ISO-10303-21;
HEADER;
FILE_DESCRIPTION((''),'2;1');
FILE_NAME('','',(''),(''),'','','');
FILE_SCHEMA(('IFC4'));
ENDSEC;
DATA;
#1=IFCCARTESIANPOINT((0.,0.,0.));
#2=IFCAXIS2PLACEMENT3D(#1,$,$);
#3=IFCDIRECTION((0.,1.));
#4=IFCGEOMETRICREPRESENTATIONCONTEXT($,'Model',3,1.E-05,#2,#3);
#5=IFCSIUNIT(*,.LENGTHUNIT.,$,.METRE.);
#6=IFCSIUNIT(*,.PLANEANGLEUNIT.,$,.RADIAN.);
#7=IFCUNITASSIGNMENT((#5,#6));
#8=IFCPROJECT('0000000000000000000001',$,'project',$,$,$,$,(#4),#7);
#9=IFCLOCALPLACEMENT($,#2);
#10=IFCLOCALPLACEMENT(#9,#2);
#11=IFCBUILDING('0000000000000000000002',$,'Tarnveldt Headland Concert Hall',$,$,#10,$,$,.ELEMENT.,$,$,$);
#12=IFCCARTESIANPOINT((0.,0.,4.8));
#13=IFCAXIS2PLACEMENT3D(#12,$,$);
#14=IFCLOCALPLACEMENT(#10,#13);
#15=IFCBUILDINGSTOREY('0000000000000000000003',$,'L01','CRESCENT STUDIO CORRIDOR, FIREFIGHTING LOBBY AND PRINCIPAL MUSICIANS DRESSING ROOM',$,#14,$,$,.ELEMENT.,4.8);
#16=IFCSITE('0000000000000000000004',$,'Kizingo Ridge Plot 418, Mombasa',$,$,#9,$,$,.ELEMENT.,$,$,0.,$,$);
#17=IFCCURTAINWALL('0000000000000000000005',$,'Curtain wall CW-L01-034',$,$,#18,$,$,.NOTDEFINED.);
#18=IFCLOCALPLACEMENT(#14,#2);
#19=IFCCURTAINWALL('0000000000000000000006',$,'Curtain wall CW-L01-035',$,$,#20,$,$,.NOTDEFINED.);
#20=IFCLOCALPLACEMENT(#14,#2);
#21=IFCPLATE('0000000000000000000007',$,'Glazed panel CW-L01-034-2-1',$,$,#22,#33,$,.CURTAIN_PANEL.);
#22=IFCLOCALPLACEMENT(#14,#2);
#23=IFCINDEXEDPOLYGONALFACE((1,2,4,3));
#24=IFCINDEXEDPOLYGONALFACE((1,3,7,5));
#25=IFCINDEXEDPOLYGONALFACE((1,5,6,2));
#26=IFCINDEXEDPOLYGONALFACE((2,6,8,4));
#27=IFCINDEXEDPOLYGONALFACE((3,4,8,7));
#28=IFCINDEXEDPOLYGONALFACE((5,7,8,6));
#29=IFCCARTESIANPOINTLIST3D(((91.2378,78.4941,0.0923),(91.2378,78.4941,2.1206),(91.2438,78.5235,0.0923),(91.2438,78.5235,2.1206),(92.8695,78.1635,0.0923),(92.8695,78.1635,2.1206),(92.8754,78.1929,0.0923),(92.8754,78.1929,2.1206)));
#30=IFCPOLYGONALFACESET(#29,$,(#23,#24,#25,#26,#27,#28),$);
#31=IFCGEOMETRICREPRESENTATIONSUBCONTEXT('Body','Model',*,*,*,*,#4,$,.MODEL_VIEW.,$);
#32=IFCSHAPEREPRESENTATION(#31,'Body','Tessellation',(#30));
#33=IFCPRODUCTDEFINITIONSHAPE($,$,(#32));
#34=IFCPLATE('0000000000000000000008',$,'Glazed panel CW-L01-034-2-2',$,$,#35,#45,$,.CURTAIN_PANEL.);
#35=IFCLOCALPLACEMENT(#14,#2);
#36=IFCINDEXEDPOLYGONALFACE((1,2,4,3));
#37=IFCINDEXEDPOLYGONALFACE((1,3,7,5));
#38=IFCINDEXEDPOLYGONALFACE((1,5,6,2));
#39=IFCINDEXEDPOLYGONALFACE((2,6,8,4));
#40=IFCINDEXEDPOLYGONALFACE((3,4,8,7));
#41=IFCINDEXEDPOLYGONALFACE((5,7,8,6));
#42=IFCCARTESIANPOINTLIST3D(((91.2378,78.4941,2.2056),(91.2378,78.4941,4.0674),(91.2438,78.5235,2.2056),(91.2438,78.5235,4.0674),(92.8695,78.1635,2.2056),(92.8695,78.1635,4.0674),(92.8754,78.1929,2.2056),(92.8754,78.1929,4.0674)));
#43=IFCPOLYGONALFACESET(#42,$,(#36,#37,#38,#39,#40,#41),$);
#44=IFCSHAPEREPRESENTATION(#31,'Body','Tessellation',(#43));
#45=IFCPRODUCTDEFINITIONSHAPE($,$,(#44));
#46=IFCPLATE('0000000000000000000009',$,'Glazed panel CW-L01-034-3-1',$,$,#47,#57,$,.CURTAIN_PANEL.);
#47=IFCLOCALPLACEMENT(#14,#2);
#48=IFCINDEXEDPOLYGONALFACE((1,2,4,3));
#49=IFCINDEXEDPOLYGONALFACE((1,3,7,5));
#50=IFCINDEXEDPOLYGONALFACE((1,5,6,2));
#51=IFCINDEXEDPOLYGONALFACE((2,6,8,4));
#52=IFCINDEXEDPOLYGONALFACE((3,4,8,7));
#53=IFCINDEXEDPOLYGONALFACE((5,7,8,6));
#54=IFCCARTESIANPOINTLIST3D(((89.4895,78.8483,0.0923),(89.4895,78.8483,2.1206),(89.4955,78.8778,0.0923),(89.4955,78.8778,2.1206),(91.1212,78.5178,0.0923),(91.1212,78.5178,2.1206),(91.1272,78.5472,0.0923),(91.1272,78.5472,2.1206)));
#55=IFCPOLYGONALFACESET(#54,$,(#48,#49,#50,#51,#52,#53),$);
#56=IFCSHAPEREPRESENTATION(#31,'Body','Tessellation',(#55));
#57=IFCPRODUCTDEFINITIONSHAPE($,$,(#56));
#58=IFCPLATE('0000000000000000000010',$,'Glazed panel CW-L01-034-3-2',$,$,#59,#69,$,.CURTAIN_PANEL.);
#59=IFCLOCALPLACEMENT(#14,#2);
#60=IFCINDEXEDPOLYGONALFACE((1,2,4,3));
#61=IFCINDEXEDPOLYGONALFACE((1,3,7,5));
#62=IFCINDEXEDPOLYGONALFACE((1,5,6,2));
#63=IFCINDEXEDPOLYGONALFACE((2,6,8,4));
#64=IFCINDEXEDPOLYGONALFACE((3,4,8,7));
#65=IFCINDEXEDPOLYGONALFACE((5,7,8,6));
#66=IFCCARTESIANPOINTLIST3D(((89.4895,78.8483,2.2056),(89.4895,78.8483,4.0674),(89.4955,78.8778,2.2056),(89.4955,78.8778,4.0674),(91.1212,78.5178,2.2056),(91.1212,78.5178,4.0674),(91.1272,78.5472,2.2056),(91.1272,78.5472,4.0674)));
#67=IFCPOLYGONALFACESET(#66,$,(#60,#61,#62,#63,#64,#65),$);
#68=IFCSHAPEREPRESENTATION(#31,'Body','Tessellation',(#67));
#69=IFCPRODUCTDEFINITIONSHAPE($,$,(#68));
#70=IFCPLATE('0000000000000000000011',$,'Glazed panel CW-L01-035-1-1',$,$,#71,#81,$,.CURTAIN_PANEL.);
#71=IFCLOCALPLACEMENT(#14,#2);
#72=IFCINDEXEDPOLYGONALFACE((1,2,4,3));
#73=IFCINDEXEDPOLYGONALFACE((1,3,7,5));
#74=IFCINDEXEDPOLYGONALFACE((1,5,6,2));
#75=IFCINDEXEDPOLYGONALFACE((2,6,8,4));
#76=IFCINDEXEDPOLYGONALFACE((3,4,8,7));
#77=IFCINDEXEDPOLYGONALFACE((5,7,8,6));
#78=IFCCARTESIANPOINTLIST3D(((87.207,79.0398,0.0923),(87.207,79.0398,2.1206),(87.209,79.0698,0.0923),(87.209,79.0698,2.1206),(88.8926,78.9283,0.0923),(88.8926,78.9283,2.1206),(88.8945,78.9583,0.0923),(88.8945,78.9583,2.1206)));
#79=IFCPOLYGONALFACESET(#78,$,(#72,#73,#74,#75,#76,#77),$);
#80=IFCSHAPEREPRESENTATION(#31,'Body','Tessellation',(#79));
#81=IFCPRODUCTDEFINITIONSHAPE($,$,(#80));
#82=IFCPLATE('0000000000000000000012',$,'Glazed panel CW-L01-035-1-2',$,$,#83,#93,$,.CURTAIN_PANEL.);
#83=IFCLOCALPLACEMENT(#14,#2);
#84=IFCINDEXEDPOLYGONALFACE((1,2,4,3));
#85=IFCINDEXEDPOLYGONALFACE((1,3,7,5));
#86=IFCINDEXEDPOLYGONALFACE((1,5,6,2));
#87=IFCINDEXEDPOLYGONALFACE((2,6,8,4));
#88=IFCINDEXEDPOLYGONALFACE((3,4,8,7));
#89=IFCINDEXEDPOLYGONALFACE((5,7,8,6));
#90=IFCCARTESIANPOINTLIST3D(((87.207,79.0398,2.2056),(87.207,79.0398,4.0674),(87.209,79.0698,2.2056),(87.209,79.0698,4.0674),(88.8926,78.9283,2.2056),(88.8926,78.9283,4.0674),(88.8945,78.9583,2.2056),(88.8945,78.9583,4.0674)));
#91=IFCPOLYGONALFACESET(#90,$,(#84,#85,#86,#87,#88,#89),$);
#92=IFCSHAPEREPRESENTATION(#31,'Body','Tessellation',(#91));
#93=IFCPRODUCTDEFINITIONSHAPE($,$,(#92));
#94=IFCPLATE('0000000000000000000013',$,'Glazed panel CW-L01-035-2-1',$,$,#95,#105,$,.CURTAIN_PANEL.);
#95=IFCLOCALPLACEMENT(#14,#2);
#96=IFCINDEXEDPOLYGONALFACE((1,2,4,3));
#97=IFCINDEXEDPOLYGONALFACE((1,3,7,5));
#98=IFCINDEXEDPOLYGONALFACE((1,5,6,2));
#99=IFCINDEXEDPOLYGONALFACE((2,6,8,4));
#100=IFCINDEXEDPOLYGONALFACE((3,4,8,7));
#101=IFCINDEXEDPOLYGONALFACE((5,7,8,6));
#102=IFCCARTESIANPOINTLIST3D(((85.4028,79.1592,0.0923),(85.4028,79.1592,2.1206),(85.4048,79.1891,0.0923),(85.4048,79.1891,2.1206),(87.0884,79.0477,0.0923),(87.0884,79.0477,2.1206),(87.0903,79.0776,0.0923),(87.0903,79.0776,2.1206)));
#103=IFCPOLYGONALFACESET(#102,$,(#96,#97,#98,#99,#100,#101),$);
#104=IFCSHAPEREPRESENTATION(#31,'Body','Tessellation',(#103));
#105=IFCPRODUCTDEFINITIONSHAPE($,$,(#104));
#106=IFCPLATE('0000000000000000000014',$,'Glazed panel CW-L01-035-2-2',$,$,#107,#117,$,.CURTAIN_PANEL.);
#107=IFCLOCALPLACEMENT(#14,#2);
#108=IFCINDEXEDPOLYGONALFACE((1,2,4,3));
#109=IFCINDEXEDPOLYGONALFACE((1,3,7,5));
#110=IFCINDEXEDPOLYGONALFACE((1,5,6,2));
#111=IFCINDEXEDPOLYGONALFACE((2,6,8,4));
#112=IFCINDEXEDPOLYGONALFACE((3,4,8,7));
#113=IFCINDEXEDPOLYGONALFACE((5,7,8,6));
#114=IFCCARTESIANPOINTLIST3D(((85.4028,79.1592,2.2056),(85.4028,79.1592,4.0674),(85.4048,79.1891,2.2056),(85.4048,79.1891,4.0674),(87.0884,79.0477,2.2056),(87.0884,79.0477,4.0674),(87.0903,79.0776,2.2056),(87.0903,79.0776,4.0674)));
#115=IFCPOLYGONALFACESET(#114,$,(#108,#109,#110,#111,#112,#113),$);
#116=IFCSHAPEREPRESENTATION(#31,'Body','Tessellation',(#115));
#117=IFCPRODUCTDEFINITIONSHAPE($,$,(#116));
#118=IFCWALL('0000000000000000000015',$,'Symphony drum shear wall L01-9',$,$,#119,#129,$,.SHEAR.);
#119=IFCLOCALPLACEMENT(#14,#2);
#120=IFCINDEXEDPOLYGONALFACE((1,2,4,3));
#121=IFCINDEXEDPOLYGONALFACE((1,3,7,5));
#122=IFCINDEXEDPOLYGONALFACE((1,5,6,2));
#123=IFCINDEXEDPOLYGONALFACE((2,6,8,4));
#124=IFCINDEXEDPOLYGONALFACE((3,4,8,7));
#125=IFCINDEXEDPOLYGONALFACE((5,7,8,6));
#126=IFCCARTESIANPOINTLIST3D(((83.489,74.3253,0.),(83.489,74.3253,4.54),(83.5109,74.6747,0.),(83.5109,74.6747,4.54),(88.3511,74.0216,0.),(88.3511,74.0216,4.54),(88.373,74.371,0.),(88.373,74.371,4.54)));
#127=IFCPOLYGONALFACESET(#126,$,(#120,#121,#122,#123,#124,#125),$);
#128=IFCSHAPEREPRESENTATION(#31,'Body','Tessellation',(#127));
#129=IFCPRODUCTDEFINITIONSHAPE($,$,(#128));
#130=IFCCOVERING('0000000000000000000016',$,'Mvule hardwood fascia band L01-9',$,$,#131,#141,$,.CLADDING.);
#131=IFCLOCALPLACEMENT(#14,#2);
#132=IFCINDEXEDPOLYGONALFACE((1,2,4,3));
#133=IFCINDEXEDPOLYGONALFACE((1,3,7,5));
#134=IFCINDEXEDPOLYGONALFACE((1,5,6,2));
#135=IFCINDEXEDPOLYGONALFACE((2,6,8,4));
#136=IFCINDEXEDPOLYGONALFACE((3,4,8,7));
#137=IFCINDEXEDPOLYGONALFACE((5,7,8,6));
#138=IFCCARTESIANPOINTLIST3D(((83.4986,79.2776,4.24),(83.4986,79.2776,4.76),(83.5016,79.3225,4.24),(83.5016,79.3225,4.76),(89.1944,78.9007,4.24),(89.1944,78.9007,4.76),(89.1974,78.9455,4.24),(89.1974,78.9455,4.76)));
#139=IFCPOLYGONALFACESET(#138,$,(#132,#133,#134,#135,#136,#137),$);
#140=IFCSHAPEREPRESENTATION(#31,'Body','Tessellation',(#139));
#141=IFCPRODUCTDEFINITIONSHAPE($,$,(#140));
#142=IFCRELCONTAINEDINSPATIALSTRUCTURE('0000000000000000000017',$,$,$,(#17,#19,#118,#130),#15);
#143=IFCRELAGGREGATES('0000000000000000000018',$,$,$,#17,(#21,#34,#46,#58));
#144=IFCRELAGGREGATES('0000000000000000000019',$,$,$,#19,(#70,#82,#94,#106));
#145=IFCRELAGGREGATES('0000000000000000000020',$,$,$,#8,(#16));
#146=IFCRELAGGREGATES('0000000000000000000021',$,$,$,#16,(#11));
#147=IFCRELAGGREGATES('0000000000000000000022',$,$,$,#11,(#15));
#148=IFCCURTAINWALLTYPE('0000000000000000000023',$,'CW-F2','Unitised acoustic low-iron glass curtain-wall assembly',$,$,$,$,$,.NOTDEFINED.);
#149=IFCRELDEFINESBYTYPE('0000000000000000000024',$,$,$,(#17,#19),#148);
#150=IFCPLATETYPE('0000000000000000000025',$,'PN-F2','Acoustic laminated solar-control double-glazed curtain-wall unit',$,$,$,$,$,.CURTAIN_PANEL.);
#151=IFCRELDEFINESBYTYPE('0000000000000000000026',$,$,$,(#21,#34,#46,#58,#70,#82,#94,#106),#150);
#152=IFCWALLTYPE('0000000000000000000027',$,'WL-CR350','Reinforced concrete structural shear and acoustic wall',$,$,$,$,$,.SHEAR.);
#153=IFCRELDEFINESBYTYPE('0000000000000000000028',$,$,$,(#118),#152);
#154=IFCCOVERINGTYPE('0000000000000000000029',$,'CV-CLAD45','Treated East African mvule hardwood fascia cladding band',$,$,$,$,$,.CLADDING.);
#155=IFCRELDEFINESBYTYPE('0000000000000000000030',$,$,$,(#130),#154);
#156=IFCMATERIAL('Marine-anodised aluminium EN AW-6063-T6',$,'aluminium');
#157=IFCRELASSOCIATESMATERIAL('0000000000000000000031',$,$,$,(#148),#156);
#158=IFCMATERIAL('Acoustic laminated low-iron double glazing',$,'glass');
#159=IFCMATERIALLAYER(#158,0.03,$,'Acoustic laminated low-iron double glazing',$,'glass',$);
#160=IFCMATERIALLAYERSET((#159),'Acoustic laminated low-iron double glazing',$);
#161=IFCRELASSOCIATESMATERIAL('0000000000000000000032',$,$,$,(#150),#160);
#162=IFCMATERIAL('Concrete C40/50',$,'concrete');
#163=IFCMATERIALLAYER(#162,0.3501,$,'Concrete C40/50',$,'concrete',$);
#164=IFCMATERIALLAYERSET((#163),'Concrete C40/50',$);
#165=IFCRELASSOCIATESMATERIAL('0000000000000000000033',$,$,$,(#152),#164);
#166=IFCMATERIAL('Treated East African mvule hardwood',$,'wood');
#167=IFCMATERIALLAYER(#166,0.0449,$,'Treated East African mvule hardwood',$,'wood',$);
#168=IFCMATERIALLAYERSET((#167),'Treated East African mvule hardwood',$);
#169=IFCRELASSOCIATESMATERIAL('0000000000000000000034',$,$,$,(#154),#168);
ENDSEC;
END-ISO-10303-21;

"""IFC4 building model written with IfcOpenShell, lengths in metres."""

from ifc_helpers import new_model, si_unit, direction, frame, frame_2d, origin, origin_2d, place, context, subcontext, project, spatial, rectangle, extrude, material, layer, layer_set, type_object, element, aggregate, save


model = new_model("IFC4")

# Units and contexts
model_context = context("Model", 3, precision=1e-05, world=origin(), true_north=direction((0.0, 1.0)))
body_context = subcontext(model_context, "Body", "Model", "MODEL_VIEW")
ifc_project = project(units=[si_unit("LENGTHUNIT", "METRE"), si_unit("PLANEANGLEUNIT", "RADIAN")], contexts=[model_context])

# Site, building, storey
site_placement = place(None, origin())
site = spatial("IfcSite", under=ifc_project, at=site_placement, Name="Kizingo Ridge Plot 418, Mombasa", CompositionType="ELEMENT", RefElevation=0.0)
building_placement = place(site_placement, origin())
building = spatial("IfcBuilding", under=site, at=building_placement, Name="Tarnveldt Headland Concert Hall", CompositionType="ELEMENT")
storey_placement = place(building_placement, frame((0.0, 0.0, 4.8)))
storey = spatial("IfcBuildingStorey", under=building, at=storey_placement, Name="L01", Description="CRESCENT STUDIO CORRIDOR, FIREFIGHTING LOBBY AND PRINCIPAL MUSICIANS DRESSING ROOM", CompositionType="ELEMENT", Elevation=4.8)

# Curtain walls
ifc_material_1 = material(Name="Marine-anodised aluminium EN AW-6063-T6", Category="aluminium")
curtain_wall_type = type_object("IfcCurtainWallType", Name="CW-F2", Description="Unitised acoustic low-iron glass curtain-wall assembly", PredefinedType="NOTDEFINED", material=ifc_material_1)
curtain_wall_1_placement = place(storey_placement, origin())
curtain_wall_1 = element("IfcCurtainWall", 1, at=curtain_wall_1_placement, inside=storey, type_object=curtain_wall_type, Name="Curtain wall CW-L01-034", PredefinedType="NOTDEFINED")
curtain_wall_2_placement = place(storey_placement, origin())
curtain_wall_2 = element("IfcCurtainWall", 2, at=curtain_wall_2_placement, inside=storey, type_object=curtain_wall_type, Name="Curtain wall CW-L01-035", PredefinedType="NOTDEFINED")

# Plates
ifc_material_2 = material(Name="Acoustic laminated low-iron double glazing", Category="glass")
ifc_layer_1 = layer(ifc_material_2, 0.03, Name="Acoustic laminated low-iron double glazing", Category="glass")
ifc_layer_set_1 = layer_set([ifc_layer_1], Name="Acoustic laminated low-iron double glazing")
plate_type = type_object("IfcPlateType", Name="PN-F2", Description="Acoustic laminated solar-control double-glazed curtain-wall unit", PredefinedType="CURTAIN_PANEL", material=ifc_layer_set_1)
plate_1_placement = place(storey_placement, frame((92.0566, 78.3435, 0.0923), z_axis=(0.0, 0.0, 1.0), x_axis=(-0.980088, 0.198564, 0.0)))
plate_1 = element("IfcPlate", 3, at=plate_1_placement, type_object=plate_type, Name="Glazed panel CW-L01-034-2-1", PredefinedType="CURTAIN_PANEL", context=body_context, shape_type="SweptSolid", body=[
    extrude(rectangle(XDim=1.6648, YDim=0.03, at=origin_2d()), origin(), (0.0, 0.0, 1.0), 2.0283),
])
plate_2_placement = place(storey_placement, frame((92.0566, 78.3435, 2.2056), z_axis=(0.0, 0.0, 1.0), x_axis=(-0.980088, 0.198564, 0.0)))
plate_2 = element("IfcPlate", 4, at=plate_2_placement, type_object=plate_type, Name="Glazed panel CW-L01-034-2-2", PredefinedType="CURTAIN_PANEL", context=body_context, shape_type="SweptSolid", body=[
    extrude(rectangle(XDim=1.6648, YDim=0.03, at=origin_2d()), origin(), (0.0, 0.0, 1.0), 1.8618),
])
plate_3_placement = place(storey_placement, frame((90.3083, 78.6978, 0.0923), z_axis=(0.0, 0.0, 1.0), x_axis=(-0.980088, 0.198564, 0.0)))
plate_3 = element("IfcPlate", 5, at=plate_3_placement, type_object=plate_type, Name="Glazed panel CW-L01-034-3-1", PredefinedType="CURTAIN_PANEL", context=body_context, shape_type="SweptSolid", body=[
    extrude(rectangle(XDim=1.6648, YDim=0.03, at=origin_2d()), origin(), (0.0, 0.0, 1.0), 2.0283),
])
plate_4_placement = place(storey_placement, frame((90.3083, 78.6978, 2.2056), z_axis=(0.0, 0.0, 1.0), x_axis=(-0.980088, 0.198564, 0.0)))
plate_4 = element("IfcPlate", 6, at=plate_4_placement, type_object=plate_type, Name="Glazed panel CW-L01-034-3-2", PredefinedType="CURTAIN_PANEL", context=body_context, shape_type="SweptSolid", body=[
    extrude(rectangle(XDim=1.6648, YDim=0.03, at=origin_2d()), origin(), (0.0, 0.0, 1.0), 1.8618),
])
aggregate(curtain_wall_1, [plate_1, plate_2, plate_3, plate_4])
plate_5_placement = place(storey_placement, frame((88.0508, 78.999, 0.0923), z_axis=(0.0, 0.0, 1.0), x_axis=(-0.997819, 0.066013, 0.0)))
plate_5 = element("IfcPlate", 7, at=plate_5_placement, type_object=plate_type, Name="Glazed panel CW-L01-035-1-1", PredefinedType="CURTAIN_PANEL", context=body_context, shape_type="SweptSolid", body=[
    extrude(rectangle(XDim=1.6892, YDim=0.03, at=origin_2d()), origin(), (0.0, 0.0, 1.0), 2.0283),
])
plate_6_placement = place(storey_placement, frame((88.0508, 78.999, 2.2056), z_axis=(0.0, 0.0, 1.0), x_axis=(-0.997819, 0.066013, 0.0)))
plate_6 = element("IfcPlate", 8, at=plate_6_placement, type_object=plate_type, Name="Glazed panel CW-L01-035-1-2", PredefinedType="CURTAIN_PANEL", context=body_context, shape_type="SweptSolid", body=[
    extrude(rectangle(XDim=1.6892, YDim=0.03, at=origin_2d()), origin(), (0.0, 0.0, 1.0), 1.8618),
])
plate_7_placement = place(storey_placement, frame((86.2466, 79.1184, 0.0923), z_axis=(0.0, 0.0, 1.0), x_axis=(-0.997819, 0.066013, 0.0)))
plate_7 = element("IfcPlate", 9, at=plate_7_placement, type_object=plate_type, Name="Glazed panel CW-L01-035-2-1", PredefinedType="CURTAIN_PANEL", context=body_context, shape_type="SweptSolid", body=[
    extrude(rectangle(XDim=1.6892, YDim=0.03, at=origin_2d()), origin(), (0.0, 0.0, 1.0), 2.0283),
])
plate_8_placement = place(storey_placement, frame((86.2466, 79.1184, 2.2056), z_axis=(0.0, 0.0, 1.0), x_axis=(-0.997819, 0.066013, 0.0)))
plate_8 = element("IfcPlate", 10, at=plate_8_placement, type_object=plate_type, Name="Glazed panel CW-L01-035-2-2", PredefinedType="CURTAIN_PANEL", context=body_context, shape_type="SweptSolid", body=[
    extrude(rectangle(XDim=1.6892, YDim=0.03, at=origin_2d()), origin(), (0.0, 0.0, 1.0), 1.8618),
])
aggregate(curtain_wall_2, [plate_5, plate_6, plate_7, plate_8])

# Wall
ifc_material_3 = material(Name="Concrete C40/50", Category="concrete")
ifc_layer_2 = layer(ifc_material_3, 0.3501, Name="Concrete C40/50", Category="concrete")
ifc_layer_set_2 = layer_set([ifc_layer_2], Name="Concrete C40/50")
wall_type = type_object("IfcWallType", Name="WL-CR350", Description="Reinforced concrete structural shear and acoustic wall", PredefinedType="SHEAR", material=ifc_layer_set_2)
wall_placement = place(storey_placement, frame((88.3621, 74.1963, 0.0), z_axis=(0.0, 0.0, 1.0), x_axis=(-0.998055, 0.062344, 0.0)))
element("IfcWall", 11, at=wall_placement, inside=storey, type_object=wall_type, Name="Symphony drum shear wall L01-9", PredefinedType="SHEAR", context=body_context, shape_type="SweptSolid", body=[
    extrude(rectangle(XDim=4.8716, YDim=0.3501, at=frame_2d((2.4358, 0.0))), origin(), (0.0, 0.0, 1.0), 4.54),
])

# Covering
ifc_material_4 = material(Name="Treated East African mvule hardwood", Category="wood")
ifc_layer_3 = layer(ifc_material_4, 0.0449, Name="Treated East African mvule hardwood", Category="wood")
ifc_layer_set_3 = layer_set([ifc_layer_3], Name="Treated East African mvule hardwood")
covering_type = type_object("IfcCoveringType", Name="CV-CLAD45", Description="Treated East African mvule hardwood fascia cladding band", PredefinedType="CLADDING", material=ifc_layer_set_3)
covering_placement = place(storey_placement, frame((89.1958, 78.9231, 4.24), z_axis=(0.0, 0.0, 1.0), x_axis=(-0.997817, 0.066036, 0.0)))
element("IfcCovering", 12, at=covering_placement, inside=storey, type_object=covering_type, Name="Mvule hardwood fascia band L01-9", PredefinedType="CLADDING", context=body_context, shape_type="SweptSolid", body=[
    extrude(rectangle(XDim=5.7083, YDim=0.0449, at=frame_2d((2.854, 0.0))), origin(), (0.0, 0.0, 1.0), 0.52),
])

save(model, "model.ifc")
